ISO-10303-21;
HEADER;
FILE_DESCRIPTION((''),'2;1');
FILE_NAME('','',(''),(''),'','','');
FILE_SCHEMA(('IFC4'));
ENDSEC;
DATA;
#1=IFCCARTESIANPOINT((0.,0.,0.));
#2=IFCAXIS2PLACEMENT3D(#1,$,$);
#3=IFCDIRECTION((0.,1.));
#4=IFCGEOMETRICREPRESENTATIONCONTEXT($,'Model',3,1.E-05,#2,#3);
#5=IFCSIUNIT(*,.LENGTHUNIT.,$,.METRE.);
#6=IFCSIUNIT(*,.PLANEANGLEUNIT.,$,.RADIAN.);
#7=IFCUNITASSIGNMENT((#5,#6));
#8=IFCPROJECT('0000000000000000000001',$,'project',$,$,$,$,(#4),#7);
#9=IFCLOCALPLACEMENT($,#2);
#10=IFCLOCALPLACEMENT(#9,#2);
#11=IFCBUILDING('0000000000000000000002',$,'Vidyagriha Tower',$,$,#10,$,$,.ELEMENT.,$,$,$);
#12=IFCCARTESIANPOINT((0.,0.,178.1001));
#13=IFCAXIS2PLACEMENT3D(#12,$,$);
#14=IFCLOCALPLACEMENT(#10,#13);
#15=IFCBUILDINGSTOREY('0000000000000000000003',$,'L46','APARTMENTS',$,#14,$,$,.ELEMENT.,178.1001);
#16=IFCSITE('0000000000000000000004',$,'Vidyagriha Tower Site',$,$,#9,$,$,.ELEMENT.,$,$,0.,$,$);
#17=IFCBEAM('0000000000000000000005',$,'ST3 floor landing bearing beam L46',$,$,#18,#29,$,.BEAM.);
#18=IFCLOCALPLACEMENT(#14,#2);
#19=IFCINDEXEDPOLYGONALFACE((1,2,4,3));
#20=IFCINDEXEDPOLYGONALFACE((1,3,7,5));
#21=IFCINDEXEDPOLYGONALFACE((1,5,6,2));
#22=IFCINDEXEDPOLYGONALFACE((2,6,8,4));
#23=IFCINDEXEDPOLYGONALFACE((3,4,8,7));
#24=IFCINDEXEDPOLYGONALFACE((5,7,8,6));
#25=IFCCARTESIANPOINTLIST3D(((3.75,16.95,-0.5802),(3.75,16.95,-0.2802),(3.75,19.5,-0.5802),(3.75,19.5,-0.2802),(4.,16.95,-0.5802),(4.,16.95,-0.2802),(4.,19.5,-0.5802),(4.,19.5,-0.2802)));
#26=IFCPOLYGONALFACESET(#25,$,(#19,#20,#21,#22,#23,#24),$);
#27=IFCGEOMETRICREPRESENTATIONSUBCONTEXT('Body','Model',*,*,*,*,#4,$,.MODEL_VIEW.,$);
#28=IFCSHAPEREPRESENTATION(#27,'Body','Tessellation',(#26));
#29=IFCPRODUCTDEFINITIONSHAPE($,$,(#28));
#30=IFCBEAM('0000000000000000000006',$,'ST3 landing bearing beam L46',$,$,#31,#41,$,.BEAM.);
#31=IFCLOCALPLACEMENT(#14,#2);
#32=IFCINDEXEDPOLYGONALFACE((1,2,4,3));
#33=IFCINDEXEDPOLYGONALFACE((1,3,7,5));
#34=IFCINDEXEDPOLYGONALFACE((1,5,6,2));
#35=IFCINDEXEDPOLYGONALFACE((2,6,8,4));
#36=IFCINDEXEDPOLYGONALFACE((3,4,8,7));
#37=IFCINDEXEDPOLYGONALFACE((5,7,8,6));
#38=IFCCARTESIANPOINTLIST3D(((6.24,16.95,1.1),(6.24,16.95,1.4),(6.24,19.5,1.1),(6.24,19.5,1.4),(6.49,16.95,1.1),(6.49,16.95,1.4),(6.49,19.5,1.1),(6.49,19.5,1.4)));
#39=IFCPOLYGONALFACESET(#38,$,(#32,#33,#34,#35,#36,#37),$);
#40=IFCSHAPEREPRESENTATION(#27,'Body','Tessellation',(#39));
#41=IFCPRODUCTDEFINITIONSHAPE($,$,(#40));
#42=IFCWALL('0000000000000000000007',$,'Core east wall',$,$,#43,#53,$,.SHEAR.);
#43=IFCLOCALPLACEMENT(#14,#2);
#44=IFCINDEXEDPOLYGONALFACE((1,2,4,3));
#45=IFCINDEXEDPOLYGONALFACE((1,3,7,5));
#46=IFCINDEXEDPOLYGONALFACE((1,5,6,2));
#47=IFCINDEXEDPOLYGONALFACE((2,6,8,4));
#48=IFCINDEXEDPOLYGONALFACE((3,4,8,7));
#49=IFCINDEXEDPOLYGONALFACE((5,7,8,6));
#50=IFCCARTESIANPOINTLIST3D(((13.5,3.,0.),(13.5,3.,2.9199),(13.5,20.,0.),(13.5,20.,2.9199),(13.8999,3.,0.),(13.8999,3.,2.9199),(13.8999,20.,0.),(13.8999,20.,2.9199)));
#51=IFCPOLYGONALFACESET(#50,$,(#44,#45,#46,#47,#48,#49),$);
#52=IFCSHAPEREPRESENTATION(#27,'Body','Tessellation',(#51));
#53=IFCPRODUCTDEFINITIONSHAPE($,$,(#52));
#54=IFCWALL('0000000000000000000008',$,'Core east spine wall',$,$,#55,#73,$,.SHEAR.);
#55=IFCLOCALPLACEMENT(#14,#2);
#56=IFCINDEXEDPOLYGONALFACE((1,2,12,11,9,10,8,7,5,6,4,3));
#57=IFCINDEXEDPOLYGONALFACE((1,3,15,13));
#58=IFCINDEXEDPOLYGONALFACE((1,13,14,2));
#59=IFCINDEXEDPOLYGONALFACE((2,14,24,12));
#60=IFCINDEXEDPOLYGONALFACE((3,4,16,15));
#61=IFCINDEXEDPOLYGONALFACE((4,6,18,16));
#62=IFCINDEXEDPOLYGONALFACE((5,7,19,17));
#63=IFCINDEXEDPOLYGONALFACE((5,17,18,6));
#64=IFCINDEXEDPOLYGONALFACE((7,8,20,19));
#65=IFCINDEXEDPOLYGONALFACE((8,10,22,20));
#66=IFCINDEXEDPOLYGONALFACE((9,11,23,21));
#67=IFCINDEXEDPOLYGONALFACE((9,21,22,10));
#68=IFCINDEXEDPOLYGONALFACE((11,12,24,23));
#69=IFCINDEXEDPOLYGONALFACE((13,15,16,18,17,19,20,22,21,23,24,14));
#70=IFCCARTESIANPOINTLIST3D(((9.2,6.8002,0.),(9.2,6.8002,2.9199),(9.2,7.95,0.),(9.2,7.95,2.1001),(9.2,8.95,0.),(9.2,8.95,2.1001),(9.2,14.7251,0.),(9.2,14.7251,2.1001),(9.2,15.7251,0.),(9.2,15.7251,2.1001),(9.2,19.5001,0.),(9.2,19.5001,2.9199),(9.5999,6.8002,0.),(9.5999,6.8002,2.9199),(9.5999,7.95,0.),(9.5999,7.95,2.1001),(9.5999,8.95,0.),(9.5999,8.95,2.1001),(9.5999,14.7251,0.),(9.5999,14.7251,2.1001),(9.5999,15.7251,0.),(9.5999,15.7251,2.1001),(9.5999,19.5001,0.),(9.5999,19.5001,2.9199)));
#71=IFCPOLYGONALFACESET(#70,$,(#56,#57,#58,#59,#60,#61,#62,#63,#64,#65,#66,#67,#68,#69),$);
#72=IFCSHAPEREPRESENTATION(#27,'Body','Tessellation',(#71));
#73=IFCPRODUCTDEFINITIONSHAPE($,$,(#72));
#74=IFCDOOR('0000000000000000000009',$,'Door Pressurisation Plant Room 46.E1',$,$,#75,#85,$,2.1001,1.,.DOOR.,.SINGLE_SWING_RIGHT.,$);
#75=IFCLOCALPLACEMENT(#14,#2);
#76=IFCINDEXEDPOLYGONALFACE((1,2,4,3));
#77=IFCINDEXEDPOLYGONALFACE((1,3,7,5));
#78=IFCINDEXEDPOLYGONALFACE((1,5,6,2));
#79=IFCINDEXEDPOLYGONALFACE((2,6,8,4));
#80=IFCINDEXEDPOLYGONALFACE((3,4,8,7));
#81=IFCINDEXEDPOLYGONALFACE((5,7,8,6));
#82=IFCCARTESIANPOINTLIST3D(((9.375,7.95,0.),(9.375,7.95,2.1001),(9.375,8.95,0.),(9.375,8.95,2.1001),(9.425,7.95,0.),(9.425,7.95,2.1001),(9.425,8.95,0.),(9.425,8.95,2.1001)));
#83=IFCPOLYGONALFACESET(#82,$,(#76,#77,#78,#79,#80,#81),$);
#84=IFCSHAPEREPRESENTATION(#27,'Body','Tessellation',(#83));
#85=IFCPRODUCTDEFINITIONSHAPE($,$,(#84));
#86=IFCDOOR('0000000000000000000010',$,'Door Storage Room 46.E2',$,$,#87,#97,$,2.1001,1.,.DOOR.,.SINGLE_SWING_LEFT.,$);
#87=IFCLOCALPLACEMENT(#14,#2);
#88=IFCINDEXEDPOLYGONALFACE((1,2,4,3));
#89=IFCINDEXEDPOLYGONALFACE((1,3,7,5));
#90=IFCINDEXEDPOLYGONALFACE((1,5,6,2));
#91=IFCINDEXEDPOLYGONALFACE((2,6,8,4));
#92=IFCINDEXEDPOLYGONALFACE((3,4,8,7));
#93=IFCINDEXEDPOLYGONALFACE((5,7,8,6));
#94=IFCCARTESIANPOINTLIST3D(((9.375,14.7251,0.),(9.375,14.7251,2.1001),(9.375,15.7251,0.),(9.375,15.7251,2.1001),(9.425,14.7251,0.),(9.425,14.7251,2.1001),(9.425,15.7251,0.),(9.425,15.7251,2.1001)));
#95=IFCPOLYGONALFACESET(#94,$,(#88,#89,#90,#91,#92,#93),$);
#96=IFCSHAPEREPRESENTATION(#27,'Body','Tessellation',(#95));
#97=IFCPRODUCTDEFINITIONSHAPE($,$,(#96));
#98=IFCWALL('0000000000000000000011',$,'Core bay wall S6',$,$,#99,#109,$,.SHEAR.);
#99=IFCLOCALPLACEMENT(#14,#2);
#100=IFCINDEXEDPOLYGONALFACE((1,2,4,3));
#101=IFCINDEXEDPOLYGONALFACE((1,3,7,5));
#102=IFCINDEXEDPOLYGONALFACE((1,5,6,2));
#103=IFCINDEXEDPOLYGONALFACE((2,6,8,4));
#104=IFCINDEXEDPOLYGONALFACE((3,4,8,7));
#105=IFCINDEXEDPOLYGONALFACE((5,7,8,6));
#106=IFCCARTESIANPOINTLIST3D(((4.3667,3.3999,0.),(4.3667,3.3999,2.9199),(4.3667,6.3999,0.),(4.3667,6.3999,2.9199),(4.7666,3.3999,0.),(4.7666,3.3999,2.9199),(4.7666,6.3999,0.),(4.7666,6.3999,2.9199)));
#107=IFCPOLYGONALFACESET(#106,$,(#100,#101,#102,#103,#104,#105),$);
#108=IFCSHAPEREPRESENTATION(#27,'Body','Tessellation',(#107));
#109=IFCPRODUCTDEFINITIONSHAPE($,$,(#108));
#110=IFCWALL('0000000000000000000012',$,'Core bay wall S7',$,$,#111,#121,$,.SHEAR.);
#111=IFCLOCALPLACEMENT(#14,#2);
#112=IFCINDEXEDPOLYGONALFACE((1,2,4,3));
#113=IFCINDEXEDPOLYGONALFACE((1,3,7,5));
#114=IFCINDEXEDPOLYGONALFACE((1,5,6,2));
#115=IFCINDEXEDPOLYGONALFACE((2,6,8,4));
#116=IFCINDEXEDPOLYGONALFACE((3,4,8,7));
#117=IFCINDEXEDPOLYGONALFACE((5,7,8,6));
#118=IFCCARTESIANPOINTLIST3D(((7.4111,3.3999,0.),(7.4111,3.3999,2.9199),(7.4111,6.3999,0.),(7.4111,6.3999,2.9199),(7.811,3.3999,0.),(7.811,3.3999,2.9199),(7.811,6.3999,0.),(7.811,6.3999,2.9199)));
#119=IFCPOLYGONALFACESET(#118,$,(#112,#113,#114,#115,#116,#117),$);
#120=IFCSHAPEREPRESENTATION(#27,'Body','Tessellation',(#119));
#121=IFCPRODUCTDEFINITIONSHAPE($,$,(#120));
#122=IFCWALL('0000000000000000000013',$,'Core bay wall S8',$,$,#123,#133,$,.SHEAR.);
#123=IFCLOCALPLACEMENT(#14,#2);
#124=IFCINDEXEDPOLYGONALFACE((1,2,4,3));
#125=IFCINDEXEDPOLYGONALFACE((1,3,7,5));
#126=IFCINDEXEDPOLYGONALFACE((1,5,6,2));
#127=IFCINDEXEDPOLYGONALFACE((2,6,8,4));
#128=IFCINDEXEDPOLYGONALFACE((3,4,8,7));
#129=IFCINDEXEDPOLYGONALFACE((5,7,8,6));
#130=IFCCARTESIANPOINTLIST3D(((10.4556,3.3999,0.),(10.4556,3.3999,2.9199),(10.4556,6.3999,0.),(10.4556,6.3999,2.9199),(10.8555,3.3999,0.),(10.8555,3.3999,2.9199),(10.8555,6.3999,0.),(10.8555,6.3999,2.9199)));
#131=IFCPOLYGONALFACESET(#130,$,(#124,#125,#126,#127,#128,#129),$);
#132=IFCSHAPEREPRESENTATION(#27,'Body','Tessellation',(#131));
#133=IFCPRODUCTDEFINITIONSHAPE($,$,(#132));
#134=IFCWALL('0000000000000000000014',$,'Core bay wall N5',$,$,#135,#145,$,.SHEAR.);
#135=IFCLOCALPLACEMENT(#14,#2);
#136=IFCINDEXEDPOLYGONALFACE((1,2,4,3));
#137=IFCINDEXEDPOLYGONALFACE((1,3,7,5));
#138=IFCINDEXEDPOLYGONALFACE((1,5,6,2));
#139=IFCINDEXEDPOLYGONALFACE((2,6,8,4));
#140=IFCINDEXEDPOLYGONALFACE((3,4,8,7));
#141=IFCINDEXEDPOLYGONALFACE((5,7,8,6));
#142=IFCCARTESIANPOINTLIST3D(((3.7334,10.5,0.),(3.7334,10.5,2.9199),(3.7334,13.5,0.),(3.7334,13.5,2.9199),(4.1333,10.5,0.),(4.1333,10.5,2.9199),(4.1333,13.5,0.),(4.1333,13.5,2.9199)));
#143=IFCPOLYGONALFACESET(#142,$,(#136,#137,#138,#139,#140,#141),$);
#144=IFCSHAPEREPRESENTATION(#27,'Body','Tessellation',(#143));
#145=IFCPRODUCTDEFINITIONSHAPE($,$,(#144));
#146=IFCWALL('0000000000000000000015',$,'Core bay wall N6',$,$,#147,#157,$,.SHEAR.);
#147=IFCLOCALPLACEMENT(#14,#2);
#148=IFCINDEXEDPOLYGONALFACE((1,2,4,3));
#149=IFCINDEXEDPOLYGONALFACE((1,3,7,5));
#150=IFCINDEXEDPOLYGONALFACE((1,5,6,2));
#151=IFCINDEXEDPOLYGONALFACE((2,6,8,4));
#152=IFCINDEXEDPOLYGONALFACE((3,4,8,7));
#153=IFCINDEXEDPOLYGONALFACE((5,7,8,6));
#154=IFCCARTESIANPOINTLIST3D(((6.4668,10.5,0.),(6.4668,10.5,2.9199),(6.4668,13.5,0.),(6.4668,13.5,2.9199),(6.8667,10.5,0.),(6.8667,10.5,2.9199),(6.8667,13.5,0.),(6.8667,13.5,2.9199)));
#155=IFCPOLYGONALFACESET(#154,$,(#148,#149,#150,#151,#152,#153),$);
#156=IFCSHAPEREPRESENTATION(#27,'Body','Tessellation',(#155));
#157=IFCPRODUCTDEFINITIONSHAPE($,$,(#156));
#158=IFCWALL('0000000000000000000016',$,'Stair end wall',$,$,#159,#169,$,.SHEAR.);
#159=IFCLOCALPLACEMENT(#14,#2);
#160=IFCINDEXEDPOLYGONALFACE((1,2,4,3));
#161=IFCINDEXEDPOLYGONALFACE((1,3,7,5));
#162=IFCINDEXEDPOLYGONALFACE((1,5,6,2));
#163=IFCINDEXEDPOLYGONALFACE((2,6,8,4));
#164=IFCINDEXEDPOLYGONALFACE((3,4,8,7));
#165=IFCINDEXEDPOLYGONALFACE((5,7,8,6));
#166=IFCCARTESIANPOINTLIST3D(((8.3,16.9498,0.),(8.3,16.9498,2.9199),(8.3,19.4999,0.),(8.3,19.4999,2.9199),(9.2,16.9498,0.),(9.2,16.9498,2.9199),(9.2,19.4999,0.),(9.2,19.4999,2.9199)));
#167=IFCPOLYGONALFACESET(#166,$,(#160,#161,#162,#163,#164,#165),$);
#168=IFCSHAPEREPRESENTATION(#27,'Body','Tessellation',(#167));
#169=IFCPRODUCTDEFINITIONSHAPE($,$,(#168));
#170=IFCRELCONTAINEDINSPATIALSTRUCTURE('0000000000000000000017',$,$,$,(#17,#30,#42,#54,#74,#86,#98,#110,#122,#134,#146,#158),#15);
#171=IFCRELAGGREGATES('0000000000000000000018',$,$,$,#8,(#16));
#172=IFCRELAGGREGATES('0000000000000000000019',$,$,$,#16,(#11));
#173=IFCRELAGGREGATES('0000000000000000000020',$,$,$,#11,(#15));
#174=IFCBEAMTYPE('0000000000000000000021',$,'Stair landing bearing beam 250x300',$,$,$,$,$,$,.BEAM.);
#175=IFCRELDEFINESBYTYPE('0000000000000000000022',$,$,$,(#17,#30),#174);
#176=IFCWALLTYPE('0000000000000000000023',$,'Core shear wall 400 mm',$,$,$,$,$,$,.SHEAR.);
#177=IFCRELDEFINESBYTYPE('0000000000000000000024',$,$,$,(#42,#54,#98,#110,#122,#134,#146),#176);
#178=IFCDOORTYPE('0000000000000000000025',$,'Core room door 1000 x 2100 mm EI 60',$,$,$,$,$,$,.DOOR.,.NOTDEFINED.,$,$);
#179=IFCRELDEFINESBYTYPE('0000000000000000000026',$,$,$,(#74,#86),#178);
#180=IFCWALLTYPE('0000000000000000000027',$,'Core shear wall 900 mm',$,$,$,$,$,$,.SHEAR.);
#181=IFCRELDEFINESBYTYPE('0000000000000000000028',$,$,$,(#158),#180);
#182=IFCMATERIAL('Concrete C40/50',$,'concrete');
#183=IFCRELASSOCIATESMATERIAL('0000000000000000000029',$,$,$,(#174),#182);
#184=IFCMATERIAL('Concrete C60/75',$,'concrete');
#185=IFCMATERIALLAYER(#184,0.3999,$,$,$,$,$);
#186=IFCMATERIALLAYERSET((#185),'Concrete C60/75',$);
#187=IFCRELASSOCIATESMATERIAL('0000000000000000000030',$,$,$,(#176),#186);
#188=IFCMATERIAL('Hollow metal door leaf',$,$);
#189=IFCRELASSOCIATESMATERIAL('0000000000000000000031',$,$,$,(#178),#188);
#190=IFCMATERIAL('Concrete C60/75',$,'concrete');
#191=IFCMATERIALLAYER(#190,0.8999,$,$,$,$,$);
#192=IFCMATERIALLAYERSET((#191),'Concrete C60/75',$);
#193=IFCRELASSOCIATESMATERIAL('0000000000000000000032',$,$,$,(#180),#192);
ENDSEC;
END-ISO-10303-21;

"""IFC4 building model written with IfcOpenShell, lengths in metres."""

from ifc_helpers import new_model, si_unit, direction, frame, frame_2d, origin, origin_2d, place, context, subcontext, project, spatial, rectangle, extrude, material, layer, layer_set, material_profile, profile_set, type_object, element, fill, save


model = new_model("IFC4")

# Units and contexts
model_context = context("Model", 3, precision=1e-05, world=origin(), true_north=direction((0.0, 1.0)))
body_context = subcontext(model_context, "Body", "Model", "MODEL_VIEW")
ifc_project = project(units=[si_unit("LENGTHUNIT", "METRE"), si_unit("PLANEANGLEUNIT", "RADIAN")], contexts=[model_context])

# Site, building, storey
site_placement = place(None, origin())
site = spatial("IfcSite", under=ifc_project, at=site_placement, Name="Vidyagriha Tower Site", CompositionType="ELEMENT", RefElevation=0.0)
building_placement = place(site_placement, origin())
building = spatial("IfcBuilding", under=site, at=building_placement, Name="Vidyagriha Tower", CompositionType="ELEMENT")
storey_placement = place(building_placement, frame((0.0, 0.0, 178.1001)))
storey = spatial("IfcBuildingStorey", under=building, at=storey_placement, Name="L46", Description="APARTMENTS", CompositionType="ELEMENT", Elevation=178.1001)

# Beams
ifc_material_1 = material(Name="Concrete C40/50", Category="concrete")
ifc_material_profile = material_profile(ifc_material_1, rectangle(XDim=0.25, YDim=0.3, at=origin_2d()), Name="Stair landing bearing beam 250x300")
ifc_profile_set = profile_set([ifc_material_profile], Name="Concrete C40/50")
beam_type = type_object("IfcBeamType", Name="Stair landing bearing beam 250x300", PredefinedType="BEAM", material=ifc_profile_set)
for number, where, z_axis, x_axis, name in (
    (1, (3.875, 16.95, -0.4302), (0.0, 1.0, 0.0), (-1.0, 0.0, 0.0), "ST3 floor landing bearing beam L46"),
    (2, (6.365, 16.95, 1.25), (0.0, 1.0, 0.0), (-1.0, 0.0, 0.0), "ST3 landing bearing beam L46"),
):
    element("IfcBeam", number, at=place(storey_placement, frame(where, z_axis=z_axis, x_axis=x_axis)), inside=storey, type_object=beam_type, Name=name, PredefinedType="BEAM", context=body_context, shape_type="SweptSolid", body=[
        extrude(rectangle(XDim=0.25, YDim=0.3, at=origin_2d()), origin(), (0.0, 0.0, 1.0), 2.55),
    ])

# Wall
ifc_material_2 = material(Name="Concrete C60/75", Category="concrete")
ifc_layer_1 = layer(ifc_material_2, 0.3999)
ifc_layer_set_1 = layer_set([ifc_layer_1], Name="Concrete C60/75")
wall_type_1 = type_object("IfcWallType", Name="Core shear wall 400 mm", PredefinedType="SHEAR", material=ifc_layer_set_1)
wall_1_placement = place(storey_placement, frame((13.7, 3.0, 0.0), z_axis=(0.0, 0.0, 1.0), x_axis=(0.0, 1.0, 0.0)))
element("IfcWall", 3, at=wall_1_placement, inside=storey, type_object=wall_type_1, Name="Core east wall", PredefinedType="SHEAR", context=body_context, shape_type="SweptSolid", body=[
    extrude(rectangle(XDim=17.0, YDim=0.3999, at=frame_2d((8.5, 0.0))), origin(), (0.0, 0.0, 1.0), 2.9199),
])

# Wall, openings, doors
wall_2_placement = place(storey_placement, frame((9.3999, 6.8, 0.0), z_axis=(0.0, 0.0, 1.0), x_axis=(0.0, 1.0, 0.0)))
wall_2 = element("IfcWall", 4, at=wall_2_placement, inside=storey, type_object=wall_type_1, Name="Core east spine wall", PredefinedType="SHEAR", context=body_context, shape_type="SweptSolid", body=[
    extrude(rectangle(XDim=12.7, YDim=0.3999, at=frame_2d((6.3501, 0.0))), origin(), (0.0, 0.0, 1.0), 2.9199),
])
opening_1_placement = place(wall_2_placement, frame((1.1499, 0.0, 0.0)))
opening_1 = element("IfcOpeningElement", 5, at=opening_1_placement, cuts=wall_2, PredefinedType="OPENING", context=body_context, shape_type="SweptSolid", body=[
    extrude(rectangle(XDim=1.0, YDim=2.1001, at=frame_2d((0.5, 1.05))), frame((0.0, 0.21, 0.0), z_axis=(0.0, -1.0, 0.0), x_axis=(1.0, 0.0, 0.0)), (0.0, 0.0, 1.0), 0.4199),
])
opening_2_placement = place(wall_2_placement, frame((7.925, 0.0, 0.0)))
opening_2 = element("IfcOpeningElement", 6, at=opening_2_placement, cuts=wall_2, PredefinedType="OPENING", context=body_context, shape_type="SweptSolid", body=[
    extrude(rectangle(XDim=1.0, YDim=2.1001, at=frame_2d((0.5, 1.05))), frame((0.0, 0.21, 0.0), z_axis=(0.0, -1.0, 0.0), x_axis=(1.0, 0.0, 0.0)), (0.0, 0.0, 1.0), 0.4199),
])
ifc_material_3 = material(Name="Hollow metal door leaf")
door_type_1 = type_object("IfcDoorType", Name="Core room door 1000 x 2100 mm EI 60", OperationType="NOTDEFINED", PredefinedType="DOOR", material=ifc_material_3)
door_1_placement = place(opening_1_placement, origin())
door_1 = element("IfcDoor", 7, at=door_1_placement, inside=storey, type_object=door_type_1, Name="Door Pressurisation Plant Room 46.E1", OperationType="SINGLE_SWING_RIGHT", OverallHeight=2.1001, OverallWidth=1.0, PredefinedType="DOOR", context=body_context, shape_type="SweptSolid", body=[
    extrude(rectangle(XDim=1.0, YDim=2.1001, at=frame_2d((0.5, 1.05))), frame((0.0, 0.0249, 0.0), z_axis=(0.0, -1.0, 0.0), x_axis=(1.0, 0.0, 0.0)), (0.0, 0.0, 1.0), 0.05),
])
fill(opening_1, door_1)
door_2_placement = place(opening_2_placement, origin())
door_2 = element("IfcDoor", 8, at=door_2_placement, inside=storey, type_object=door_type_1, Name="Door Storage Room 46.E2", OperationType="SINGLE_SWING_LEFT", OverallHeight=2.1001, OverallWidth=1.0, PredefinedType="DOOR", context=body_context, shape_type="SweptSolid", body=[
    extrude(rectangle(XDim=1.0, YDim=2.1001, at=frame_2d((0.5, 1.05))), frame((0.0, 0.0249, 0.0), z_axis=(0.0, -1.0, 0.0), x_axis=(1.0, 0.0, 0.0)), (0.0, 0.0, 1.0), 0.05),
])
fill(opening_2, door_2)

# Walls
for number, where, z_axis, x_axis, name in (
    (9, (4.5667, 3.3999, 0.0), (0.0, 0.0, 1.0), (0.0, 1.0, 0.0), "Core bay wall S6"),
    (10, (7.6111, 3.3999, 0.0), (0.0, 0.0, 1.0), (0.0, 1.0, 0.0), "Core bay wall S7"),
    (11, (10.6555, 3.3999, 0.0), (0.0, 0.0, 1.0), (0.0, 1.0, 0.0), "Core bay wall S8"),
    (12, (3.9333, 10.5, 0.0), (0.0, 0.0, 1.0), (0.0, 1.0, 0.0), "Core bay wall N5"),
    (13, (6.6667, 10.5, 0.0), (0.0, 0.0, 1.0), (0.0, 1.0, 0.0), "Core bay wall N6"),
):
    element("IfcWall", number, at=place(storey_placement, frame(where, z_axis=z_axis, x_axis=x_axis)), inside=storey, type_object=wall_type_1, Name=name, PredefinedType="SHEAR", context=body_context, shape_type="SweptSolid", body=[
        extrude(rectangle(XDim=3.0, YDim=0.3999, at=frame_2d((1.5, 0.0))), origin(), (0.0, 0.0, 1.0), 2.9199),
    ])
ifc_material_4 = material(Name="Concrete C60/75", Category="concrete")
ifc_layer_2 = layer(ifc_material_4, 0.8999)
ifc_layer_set_2 = layer_set([ifc_layer_2], Name="Concrete C60/75")
wall_type_2 = type_object("IfcWallType", Name="Core shear wall 900 mm", PredefinedType="SHEAR", material=ifc_layer_set_2)
wall_3_placement = place(storey_placement, frame((8.75, 16.95, 0.0), z_axis=(0.0, 0.0, 1.0), x_axis=(0.0, 1.0, 0.0)))
element("IfcWall", 14, at=wall_3_placement, inside=storey, type_object=wall_type_2, Name="Stair end wall", PredefinedType="SHEAR", context=body_context, shape_type="SweptSolid", body=[
    extrude(rectangle(XDim=2.55, YDim=0.8999, at=frame_2d((1.2749, 0.0))), origin(), (0.0, 0.0, 1.0), 2.9199),
])

save(model, "model.ifc")
